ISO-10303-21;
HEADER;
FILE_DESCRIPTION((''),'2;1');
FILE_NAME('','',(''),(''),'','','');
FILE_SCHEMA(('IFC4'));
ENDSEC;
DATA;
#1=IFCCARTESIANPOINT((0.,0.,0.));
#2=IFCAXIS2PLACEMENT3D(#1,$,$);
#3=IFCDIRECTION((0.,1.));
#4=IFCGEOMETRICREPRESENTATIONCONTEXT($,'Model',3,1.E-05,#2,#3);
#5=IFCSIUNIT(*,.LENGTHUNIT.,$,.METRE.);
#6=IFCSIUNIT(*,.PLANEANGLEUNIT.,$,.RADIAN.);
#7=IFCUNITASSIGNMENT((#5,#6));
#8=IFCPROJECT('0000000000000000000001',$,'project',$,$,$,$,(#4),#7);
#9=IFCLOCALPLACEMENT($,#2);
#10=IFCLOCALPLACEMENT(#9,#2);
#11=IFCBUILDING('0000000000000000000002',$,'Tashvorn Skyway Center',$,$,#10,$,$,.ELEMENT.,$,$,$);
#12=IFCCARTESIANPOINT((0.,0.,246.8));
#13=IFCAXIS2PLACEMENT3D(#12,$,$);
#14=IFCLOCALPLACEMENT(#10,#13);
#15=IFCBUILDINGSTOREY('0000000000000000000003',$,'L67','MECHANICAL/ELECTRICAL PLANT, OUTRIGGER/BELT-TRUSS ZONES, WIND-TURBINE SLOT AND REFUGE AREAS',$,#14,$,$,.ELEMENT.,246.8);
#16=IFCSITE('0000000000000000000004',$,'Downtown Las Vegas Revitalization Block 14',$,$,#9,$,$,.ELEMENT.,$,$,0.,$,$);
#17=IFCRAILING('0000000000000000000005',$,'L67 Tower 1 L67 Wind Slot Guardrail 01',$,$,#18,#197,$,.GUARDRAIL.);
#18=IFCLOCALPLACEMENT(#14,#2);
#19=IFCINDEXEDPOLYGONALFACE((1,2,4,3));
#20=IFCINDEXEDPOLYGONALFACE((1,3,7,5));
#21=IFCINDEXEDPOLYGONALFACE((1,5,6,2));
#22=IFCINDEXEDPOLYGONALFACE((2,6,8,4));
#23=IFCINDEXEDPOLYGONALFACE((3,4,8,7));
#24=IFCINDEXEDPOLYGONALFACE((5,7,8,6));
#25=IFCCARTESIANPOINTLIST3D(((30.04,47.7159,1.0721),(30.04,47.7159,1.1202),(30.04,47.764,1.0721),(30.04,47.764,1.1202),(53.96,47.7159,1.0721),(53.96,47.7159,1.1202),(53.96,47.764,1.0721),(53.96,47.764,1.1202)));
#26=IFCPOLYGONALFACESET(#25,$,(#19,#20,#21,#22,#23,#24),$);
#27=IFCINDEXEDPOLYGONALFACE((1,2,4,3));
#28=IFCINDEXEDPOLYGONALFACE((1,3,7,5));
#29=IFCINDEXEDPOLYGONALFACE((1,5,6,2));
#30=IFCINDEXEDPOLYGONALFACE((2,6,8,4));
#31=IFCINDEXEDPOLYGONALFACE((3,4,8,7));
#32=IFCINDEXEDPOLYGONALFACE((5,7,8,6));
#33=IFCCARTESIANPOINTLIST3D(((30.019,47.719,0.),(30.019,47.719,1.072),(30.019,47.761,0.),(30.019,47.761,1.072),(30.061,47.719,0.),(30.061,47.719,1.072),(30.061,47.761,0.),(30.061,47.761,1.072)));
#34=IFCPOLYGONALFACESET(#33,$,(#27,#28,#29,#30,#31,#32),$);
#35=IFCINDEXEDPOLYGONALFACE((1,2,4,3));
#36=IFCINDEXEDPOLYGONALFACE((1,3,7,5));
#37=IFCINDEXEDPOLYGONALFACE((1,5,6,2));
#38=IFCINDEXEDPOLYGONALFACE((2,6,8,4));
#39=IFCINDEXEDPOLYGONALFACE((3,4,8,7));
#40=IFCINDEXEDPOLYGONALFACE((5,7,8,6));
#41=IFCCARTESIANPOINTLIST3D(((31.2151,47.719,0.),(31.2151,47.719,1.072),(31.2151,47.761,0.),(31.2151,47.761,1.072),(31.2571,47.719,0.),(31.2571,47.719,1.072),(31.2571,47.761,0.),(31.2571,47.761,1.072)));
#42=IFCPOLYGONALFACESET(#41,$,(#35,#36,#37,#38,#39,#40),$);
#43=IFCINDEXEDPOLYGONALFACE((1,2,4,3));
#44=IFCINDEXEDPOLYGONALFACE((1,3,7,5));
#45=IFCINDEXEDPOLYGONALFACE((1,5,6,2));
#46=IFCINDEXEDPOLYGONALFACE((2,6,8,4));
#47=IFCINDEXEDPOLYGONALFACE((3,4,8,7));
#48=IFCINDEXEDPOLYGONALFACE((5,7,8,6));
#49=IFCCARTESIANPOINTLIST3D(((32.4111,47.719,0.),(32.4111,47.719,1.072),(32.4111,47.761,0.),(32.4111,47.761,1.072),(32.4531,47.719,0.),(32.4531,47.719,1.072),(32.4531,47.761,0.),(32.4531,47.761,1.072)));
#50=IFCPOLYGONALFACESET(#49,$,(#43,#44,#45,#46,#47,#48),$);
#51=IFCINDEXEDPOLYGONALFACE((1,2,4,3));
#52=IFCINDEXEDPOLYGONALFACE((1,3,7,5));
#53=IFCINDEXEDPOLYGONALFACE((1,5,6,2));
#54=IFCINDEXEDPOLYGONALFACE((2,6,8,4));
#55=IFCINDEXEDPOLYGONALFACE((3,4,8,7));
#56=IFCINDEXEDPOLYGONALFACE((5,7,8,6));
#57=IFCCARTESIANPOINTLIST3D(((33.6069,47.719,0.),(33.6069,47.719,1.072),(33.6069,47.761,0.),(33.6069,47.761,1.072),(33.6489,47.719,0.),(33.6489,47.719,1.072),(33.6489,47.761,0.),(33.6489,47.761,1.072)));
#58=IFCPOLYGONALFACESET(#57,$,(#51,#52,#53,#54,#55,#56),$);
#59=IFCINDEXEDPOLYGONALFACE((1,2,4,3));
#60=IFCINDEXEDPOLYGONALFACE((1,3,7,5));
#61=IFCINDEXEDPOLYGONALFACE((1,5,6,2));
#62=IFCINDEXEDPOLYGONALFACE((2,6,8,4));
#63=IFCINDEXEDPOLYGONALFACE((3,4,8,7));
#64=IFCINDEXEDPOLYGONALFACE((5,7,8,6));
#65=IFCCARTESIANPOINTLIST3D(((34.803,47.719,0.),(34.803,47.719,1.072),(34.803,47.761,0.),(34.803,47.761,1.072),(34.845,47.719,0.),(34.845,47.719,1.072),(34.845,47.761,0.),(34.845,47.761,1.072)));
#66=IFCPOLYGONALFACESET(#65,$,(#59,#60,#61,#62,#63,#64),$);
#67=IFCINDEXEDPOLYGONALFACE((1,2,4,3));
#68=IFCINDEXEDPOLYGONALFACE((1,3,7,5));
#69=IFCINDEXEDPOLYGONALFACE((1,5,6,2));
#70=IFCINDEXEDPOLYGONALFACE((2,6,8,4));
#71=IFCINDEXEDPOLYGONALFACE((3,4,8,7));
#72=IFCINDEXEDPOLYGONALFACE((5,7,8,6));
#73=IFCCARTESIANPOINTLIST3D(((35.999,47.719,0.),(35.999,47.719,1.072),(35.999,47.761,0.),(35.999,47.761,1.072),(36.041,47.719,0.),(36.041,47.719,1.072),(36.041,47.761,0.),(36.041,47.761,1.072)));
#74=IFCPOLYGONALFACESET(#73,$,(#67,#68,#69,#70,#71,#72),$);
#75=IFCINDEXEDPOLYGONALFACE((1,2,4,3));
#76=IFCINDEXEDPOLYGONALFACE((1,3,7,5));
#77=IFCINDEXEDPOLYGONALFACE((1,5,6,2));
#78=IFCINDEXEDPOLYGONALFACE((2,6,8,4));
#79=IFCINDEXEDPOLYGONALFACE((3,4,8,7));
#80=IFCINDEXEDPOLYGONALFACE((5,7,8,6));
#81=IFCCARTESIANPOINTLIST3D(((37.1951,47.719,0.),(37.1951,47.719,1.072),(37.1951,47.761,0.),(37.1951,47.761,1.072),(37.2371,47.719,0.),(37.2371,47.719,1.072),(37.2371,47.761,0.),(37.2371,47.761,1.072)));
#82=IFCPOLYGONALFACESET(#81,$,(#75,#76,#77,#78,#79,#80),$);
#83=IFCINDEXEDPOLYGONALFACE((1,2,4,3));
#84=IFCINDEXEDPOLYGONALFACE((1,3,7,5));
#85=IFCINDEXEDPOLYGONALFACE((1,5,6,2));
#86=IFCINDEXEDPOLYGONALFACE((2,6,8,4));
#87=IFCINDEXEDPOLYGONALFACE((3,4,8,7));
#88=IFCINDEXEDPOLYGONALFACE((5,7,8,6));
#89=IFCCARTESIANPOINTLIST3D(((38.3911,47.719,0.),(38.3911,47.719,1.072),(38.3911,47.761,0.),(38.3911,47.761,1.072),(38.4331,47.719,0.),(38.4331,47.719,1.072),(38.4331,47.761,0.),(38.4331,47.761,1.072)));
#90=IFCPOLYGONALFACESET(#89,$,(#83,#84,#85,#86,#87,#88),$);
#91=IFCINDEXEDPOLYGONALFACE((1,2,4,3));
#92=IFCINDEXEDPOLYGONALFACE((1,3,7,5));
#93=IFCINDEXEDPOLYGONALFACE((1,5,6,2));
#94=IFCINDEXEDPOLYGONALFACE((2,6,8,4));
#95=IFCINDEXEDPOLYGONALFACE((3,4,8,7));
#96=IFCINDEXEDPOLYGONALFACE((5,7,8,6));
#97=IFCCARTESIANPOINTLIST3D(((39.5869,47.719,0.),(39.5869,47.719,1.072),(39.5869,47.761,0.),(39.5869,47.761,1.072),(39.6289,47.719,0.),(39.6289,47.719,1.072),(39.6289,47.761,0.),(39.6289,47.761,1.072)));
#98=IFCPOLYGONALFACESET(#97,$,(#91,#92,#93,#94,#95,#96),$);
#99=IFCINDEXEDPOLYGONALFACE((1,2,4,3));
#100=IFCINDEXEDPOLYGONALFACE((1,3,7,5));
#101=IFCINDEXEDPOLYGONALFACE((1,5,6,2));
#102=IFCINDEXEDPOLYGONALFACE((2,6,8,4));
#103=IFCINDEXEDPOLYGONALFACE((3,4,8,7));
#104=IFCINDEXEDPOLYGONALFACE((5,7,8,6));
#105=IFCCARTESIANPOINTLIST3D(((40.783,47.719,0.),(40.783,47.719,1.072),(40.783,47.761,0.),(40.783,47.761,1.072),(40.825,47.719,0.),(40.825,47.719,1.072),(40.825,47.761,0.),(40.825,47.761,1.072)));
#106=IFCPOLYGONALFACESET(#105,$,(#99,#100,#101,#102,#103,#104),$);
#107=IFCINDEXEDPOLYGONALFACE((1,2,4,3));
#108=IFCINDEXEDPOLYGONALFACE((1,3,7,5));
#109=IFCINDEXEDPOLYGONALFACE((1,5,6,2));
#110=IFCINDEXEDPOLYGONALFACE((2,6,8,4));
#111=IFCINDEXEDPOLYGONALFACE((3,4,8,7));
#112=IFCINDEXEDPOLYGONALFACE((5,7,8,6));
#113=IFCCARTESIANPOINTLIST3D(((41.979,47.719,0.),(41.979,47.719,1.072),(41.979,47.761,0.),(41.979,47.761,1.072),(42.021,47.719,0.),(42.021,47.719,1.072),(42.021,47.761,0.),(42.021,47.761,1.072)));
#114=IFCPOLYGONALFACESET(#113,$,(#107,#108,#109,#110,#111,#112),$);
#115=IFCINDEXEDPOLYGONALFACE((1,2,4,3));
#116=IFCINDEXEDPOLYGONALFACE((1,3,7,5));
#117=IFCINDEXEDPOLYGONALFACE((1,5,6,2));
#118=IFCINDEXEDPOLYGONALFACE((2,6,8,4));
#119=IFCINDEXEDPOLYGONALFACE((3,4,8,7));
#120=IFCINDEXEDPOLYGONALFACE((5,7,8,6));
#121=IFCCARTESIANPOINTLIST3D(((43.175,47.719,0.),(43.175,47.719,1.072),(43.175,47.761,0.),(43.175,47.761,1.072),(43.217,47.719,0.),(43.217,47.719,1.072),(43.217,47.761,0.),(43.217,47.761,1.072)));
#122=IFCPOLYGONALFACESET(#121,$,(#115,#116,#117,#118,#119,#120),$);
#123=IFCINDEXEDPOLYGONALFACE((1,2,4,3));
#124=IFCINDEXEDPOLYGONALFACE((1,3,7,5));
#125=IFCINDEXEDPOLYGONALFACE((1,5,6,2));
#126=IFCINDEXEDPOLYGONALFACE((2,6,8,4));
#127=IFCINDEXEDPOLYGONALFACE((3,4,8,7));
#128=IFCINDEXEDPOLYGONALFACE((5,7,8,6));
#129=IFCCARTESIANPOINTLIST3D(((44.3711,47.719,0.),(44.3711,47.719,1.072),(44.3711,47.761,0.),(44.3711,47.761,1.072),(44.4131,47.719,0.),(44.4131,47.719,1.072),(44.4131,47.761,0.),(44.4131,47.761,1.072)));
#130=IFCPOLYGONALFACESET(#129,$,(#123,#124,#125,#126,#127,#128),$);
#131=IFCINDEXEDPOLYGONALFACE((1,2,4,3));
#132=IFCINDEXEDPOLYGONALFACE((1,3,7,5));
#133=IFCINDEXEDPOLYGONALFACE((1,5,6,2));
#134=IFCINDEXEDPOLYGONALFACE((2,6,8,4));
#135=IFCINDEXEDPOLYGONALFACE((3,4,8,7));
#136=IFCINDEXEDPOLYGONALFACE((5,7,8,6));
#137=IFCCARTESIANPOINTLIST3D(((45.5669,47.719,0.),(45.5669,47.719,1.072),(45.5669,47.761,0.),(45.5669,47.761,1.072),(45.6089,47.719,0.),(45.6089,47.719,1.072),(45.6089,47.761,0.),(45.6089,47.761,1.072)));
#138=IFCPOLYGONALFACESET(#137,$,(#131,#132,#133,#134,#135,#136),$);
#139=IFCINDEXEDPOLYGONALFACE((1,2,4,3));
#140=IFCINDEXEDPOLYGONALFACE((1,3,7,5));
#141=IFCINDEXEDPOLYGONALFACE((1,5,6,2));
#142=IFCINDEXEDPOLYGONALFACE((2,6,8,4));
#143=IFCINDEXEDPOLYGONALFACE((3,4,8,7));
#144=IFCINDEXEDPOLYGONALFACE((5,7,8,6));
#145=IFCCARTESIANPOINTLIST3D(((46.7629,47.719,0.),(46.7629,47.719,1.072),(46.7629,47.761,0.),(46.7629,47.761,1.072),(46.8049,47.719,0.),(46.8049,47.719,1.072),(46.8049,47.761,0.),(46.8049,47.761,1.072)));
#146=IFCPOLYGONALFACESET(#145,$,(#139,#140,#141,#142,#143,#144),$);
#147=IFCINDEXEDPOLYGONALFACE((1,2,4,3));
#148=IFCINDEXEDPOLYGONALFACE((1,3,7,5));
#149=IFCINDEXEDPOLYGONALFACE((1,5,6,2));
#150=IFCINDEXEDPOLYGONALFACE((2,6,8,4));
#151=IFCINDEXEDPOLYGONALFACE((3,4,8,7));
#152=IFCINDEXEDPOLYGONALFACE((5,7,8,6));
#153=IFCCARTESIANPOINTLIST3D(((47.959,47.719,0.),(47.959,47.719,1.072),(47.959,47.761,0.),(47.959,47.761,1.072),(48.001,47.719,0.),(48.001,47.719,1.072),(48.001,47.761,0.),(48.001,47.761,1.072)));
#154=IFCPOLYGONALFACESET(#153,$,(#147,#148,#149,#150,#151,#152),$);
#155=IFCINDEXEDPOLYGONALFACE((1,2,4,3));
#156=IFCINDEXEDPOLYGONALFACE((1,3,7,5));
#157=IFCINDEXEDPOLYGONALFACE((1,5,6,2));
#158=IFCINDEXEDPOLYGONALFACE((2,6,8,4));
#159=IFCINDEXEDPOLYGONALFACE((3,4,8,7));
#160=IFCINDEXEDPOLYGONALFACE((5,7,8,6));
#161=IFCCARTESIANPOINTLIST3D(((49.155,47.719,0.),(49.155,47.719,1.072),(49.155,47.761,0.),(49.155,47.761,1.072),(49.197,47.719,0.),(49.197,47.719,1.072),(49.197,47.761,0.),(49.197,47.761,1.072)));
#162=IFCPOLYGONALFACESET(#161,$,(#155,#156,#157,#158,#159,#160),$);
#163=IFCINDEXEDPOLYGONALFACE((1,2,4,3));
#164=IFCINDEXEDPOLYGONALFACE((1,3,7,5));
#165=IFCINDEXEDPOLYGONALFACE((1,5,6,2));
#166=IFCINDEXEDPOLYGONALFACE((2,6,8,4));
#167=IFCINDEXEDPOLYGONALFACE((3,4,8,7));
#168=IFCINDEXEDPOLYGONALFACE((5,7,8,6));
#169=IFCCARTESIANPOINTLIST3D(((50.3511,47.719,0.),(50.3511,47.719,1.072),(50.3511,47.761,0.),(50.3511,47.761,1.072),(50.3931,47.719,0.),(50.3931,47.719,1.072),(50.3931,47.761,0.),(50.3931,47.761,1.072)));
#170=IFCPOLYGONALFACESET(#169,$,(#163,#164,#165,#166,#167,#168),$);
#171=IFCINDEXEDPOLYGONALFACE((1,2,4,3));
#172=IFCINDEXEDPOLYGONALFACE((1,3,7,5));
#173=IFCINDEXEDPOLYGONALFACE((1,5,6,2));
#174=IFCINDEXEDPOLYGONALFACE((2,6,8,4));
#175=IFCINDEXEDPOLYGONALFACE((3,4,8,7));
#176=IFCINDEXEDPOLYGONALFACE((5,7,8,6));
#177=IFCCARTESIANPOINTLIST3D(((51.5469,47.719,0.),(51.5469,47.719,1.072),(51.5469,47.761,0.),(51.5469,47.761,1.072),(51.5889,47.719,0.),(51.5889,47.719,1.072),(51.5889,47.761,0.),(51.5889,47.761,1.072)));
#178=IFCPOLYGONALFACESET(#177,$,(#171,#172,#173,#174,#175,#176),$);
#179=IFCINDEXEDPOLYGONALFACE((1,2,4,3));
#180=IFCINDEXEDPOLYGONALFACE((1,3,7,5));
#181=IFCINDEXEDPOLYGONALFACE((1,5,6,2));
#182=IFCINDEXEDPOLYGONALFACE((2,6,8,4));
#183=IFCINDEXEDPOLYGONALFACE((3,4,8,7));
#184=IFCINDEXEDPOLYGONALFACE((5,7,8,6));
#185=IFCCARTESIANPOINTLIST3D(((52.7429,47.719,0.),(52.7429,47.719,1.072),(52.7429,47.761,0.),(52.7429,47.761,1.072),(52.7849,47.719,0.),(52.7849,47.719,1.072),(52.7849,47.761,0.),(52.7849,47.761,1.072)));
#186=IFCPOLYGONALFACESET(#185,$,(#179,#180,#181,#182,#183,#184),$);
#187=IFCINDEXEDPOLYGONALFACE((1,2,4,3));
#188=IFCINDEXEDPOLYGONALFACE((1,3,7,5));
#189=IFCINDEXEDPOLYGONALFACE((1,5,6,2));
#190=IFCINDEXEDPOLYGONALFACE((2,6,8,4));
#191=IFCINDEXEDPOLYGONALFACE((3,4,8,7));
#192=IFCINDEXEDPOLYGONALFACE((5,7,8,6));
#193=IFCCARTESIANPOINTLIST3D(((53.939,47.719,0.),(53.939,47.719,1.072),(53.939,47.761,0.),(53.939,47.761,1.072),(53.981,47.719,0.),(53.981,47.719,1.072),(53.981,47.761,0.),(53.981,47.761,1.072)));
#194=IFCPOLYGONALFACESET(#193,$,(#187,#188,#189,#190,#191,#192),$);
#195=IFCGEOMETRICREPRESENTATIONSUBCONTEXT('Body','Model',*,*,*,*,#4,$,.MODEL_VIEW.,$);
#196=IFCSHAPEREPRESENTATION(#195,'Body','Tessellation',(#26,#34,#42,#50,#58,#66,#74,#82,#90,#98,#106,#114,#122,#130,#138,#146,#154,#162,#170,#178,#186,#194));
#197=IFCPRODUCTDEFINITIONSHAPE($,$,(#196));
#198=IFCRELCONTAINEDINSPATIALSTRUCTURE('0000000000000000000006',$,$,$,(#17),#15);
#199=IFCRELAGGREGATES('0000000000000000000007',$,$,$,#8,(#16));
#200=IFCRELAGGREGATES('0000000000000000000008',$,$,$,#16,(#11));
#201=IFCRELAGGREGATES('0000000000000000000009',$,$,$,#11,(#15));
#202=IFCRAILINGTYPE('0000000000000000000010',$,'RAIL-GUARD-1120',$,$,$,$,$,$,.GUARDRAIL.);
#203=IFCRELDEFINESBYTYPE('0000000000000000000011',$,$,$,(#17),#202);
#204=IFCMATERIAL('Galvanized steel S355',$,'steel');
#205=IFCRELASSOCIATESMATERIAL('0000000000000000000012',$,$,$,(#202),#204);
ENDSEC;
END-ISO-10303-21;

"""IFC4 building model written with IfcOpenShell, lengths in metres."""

from ifc_helpers import new_model, si_unit, direction, frame, origin, origin_2d, place, context, subcontext, project, spatial, rectangle, extrude, material, type_object, element, save


model = new_model("IFC4")

# Units and contexts
model_context = context("Model", 3, precision=1e-05, world=origin(), true_north=direction((0.0, 1.0)))
body_context = subcontext(model_context, "Body", "Model", "MODEL_VIEW")
ifc_project = project(units=[si_unit("LENGTHUNIT", "METRE"), si_unit("PLANEANGLEUNIT", "RADIAN")], contexts=[model_context])

# Site, building, storey
site_placement = place(None, origin())
site = spatial("IfcSite", under=ifc_project, at=site_placement, Name="Downtown Las Vegas Revitalization Block 14", CompositionType="ELEMENT", RefElevation=0.0)
building_placement = place(site_placement, origin())
building = spatial("IfcBuilding", under=site, at=building_placement, Name="Tashvorn Skyway Center", CompositionType="ELEMENT")
storey_placement = place(building_placement, frame((0.0, 0.0, 246.8)))
storey = spatial("IfcBuildingStorey", under=building, at=storey_placement, Name="L67", Description="MECHANICAL/ELECTRICAL PLANT, OUTRIGGER/BELT-TRUSS ZONES, WIND-TURBINE SLOT AND REFUGE AREAS", CompositionType="ELEMENT", Elevation=246.8)

# Railing
ifc_material_1 = material(Name="Galvanized steel S355", Category="steel")
railing_type = type_object("IfcRailingType", Name="RAIL-GUARD-1120", PredefinedType="GUARDRAIL", material=ifc_material_1)
railing_1_placement = place(storey_placement, frame((30.04, 47.74, 0.0)))
element("IfcRailing", 1, at=railing_1_placement, inside=storey, type_object=railing_type, Name="L67 Tower 1 L67 Wind Slot Guardrail 01", PredefinedType="GUARDRAIL", context=body_context, shape_type="SweptSolid", body=[
    extrude(rectangle(XDim=0.0481, YDim=0.0481, at=origin_2d()), frame((0.0, 0.0, 1.0962), z_axis=(1.0, 0.0, 0.0), x_axis=(0.0, 1.0, 0.0)), (0.0, 0.0, 1.0), 23.9199),
    extrude(rectangle(XDim=0.042, YDim=0.042, at=origin_2d()), origin(), (0.0, 0.0, 1.0), 1.072),
    extrude(rectangle(XDim=0.042, YDim=0.042, at=origin_2d()), frame((1.196, 0.0, 0.0)), (0.0, 0.0, 1.0), 1.072),
    extrude(rectangle(XDim=0.042, YDim=0.042, at=origin_2d()), frame((2.3921, 0.0, 0.0)), (0.0, 0.0, 1.0), 1.072),
    extrude(rectangle(XDim=0.042, YDim=0.042, at=origin_2d()), frame((3.5879, 0.0, 0.0)), (0.0, 0.0, 1.0), 1.072),
    extrude(rectangle(XDim=0.042, YDim=0.042, at=origin_2d()), frame((4.7839, 0.0, 0.0)), (0.0, 0.0, 1.0), 1.072),
    extrude(rectangle(XDim=0.042, YDim=0.042, at=origin_2d()), frame((5.98, 0.0, 0.0)), (0.0, 0.0, 1.0), 1.072),
    extrude(rectangle(XDim=0.042, YDim=0.042, at=origin_2d()), frame((7.176, 0.0, 0.0)), (0.0, 0.0, 1.0), 1.072),
    extrude(rectangle(XDim=0.042, YDim=0.042, at=origin_2d()), frame((8.3721, 0.0, 0.0)), (0.0, 0.0, 1.0), 1.072),
    extrude(rectangle(XDim=0.042, YDim=0.042, at=origin_2d()), frame((9.5679, 0.0, 0.0)), (0.0, 0.0, 1.0), 1.072),
    extrude(rectangle(XDim=0.042, YDim=0.042, at=origin_2d()), frame((10.7639, 0.0, 0.0)), (0.0, 0.0, 1.0), 1.072),
    extrude(rectangle(XDim=0.042, YDim=0.042, at=origin_2d()), frame((11.96, 0.0, 0.0)), (0.0, 0.0, 1.0), 1.072),
    extrude(rectangle(XDim=0.042, YDim=0.042, at=origin_2d()), frame((13.156, 0.0, 0.0)), (0.0, 0.0, 1.0), 1.072),
    extrude(rectangle(XDim=0.042, YDim=0.042, at=origin_2d()), frame((14.3521, 0.0, 0.0)), (0.0, 0.0, 1.0), 1.072),
    extrude(rectangle(XDim=0.042, YDim=0.042, at=origin_2d()), frame((15.5479, 0.0, 0.0)), (0.0, 0.0, 1.0), 1.072),
    extrude(rectangle(XDim=0.042, YDim=0.042, at=origin_2d()), frame((16.7439, 0.0, 0.0)), (0.0, 0.0, 1.0), 1.072),
    extrude(rectangle(XDim=0.042, YDim=0.042, at=origin_2d()), frame((17.9399, 0.0, 0.0)), (0.0, 0.0, 1.0), 1.072),
    extrude(rectangle(XDim=0.042, YDim=0.042, at=origin_2d()), frame((19.136, 0.0, 0.0)), (0.0, 0.0, 1.0), 1.072),
    extrude(rectangle(XDim=0.042, YDim=0.042, at=origin_2d()), frame((20.332, 0.0, 0.0)), (0.0, 0.0, 1.0), 1.072),
    extrude(rectangle(XDim=0.042, YDim=0.042, at=origin_2d()), frame((21.5278, 0.0, 0.0)), (0.0, 0.0, 1.0), 1.072),
    extrude(rectangle(XDim=0.042, YDim=0.042, at=origin_2d()), frame((22.7239, 0.0, 0.0)), (0.0, 0.0, 1.0), 1.072),
    extrude(rectangle(XDim=0.042, YDim=0.042, at=origin_2d()), frame((23.9199, 0.0, 0.0)), (0.0, 0.0, 1.0), 1.072),
])

save(model, "model.ifc")
